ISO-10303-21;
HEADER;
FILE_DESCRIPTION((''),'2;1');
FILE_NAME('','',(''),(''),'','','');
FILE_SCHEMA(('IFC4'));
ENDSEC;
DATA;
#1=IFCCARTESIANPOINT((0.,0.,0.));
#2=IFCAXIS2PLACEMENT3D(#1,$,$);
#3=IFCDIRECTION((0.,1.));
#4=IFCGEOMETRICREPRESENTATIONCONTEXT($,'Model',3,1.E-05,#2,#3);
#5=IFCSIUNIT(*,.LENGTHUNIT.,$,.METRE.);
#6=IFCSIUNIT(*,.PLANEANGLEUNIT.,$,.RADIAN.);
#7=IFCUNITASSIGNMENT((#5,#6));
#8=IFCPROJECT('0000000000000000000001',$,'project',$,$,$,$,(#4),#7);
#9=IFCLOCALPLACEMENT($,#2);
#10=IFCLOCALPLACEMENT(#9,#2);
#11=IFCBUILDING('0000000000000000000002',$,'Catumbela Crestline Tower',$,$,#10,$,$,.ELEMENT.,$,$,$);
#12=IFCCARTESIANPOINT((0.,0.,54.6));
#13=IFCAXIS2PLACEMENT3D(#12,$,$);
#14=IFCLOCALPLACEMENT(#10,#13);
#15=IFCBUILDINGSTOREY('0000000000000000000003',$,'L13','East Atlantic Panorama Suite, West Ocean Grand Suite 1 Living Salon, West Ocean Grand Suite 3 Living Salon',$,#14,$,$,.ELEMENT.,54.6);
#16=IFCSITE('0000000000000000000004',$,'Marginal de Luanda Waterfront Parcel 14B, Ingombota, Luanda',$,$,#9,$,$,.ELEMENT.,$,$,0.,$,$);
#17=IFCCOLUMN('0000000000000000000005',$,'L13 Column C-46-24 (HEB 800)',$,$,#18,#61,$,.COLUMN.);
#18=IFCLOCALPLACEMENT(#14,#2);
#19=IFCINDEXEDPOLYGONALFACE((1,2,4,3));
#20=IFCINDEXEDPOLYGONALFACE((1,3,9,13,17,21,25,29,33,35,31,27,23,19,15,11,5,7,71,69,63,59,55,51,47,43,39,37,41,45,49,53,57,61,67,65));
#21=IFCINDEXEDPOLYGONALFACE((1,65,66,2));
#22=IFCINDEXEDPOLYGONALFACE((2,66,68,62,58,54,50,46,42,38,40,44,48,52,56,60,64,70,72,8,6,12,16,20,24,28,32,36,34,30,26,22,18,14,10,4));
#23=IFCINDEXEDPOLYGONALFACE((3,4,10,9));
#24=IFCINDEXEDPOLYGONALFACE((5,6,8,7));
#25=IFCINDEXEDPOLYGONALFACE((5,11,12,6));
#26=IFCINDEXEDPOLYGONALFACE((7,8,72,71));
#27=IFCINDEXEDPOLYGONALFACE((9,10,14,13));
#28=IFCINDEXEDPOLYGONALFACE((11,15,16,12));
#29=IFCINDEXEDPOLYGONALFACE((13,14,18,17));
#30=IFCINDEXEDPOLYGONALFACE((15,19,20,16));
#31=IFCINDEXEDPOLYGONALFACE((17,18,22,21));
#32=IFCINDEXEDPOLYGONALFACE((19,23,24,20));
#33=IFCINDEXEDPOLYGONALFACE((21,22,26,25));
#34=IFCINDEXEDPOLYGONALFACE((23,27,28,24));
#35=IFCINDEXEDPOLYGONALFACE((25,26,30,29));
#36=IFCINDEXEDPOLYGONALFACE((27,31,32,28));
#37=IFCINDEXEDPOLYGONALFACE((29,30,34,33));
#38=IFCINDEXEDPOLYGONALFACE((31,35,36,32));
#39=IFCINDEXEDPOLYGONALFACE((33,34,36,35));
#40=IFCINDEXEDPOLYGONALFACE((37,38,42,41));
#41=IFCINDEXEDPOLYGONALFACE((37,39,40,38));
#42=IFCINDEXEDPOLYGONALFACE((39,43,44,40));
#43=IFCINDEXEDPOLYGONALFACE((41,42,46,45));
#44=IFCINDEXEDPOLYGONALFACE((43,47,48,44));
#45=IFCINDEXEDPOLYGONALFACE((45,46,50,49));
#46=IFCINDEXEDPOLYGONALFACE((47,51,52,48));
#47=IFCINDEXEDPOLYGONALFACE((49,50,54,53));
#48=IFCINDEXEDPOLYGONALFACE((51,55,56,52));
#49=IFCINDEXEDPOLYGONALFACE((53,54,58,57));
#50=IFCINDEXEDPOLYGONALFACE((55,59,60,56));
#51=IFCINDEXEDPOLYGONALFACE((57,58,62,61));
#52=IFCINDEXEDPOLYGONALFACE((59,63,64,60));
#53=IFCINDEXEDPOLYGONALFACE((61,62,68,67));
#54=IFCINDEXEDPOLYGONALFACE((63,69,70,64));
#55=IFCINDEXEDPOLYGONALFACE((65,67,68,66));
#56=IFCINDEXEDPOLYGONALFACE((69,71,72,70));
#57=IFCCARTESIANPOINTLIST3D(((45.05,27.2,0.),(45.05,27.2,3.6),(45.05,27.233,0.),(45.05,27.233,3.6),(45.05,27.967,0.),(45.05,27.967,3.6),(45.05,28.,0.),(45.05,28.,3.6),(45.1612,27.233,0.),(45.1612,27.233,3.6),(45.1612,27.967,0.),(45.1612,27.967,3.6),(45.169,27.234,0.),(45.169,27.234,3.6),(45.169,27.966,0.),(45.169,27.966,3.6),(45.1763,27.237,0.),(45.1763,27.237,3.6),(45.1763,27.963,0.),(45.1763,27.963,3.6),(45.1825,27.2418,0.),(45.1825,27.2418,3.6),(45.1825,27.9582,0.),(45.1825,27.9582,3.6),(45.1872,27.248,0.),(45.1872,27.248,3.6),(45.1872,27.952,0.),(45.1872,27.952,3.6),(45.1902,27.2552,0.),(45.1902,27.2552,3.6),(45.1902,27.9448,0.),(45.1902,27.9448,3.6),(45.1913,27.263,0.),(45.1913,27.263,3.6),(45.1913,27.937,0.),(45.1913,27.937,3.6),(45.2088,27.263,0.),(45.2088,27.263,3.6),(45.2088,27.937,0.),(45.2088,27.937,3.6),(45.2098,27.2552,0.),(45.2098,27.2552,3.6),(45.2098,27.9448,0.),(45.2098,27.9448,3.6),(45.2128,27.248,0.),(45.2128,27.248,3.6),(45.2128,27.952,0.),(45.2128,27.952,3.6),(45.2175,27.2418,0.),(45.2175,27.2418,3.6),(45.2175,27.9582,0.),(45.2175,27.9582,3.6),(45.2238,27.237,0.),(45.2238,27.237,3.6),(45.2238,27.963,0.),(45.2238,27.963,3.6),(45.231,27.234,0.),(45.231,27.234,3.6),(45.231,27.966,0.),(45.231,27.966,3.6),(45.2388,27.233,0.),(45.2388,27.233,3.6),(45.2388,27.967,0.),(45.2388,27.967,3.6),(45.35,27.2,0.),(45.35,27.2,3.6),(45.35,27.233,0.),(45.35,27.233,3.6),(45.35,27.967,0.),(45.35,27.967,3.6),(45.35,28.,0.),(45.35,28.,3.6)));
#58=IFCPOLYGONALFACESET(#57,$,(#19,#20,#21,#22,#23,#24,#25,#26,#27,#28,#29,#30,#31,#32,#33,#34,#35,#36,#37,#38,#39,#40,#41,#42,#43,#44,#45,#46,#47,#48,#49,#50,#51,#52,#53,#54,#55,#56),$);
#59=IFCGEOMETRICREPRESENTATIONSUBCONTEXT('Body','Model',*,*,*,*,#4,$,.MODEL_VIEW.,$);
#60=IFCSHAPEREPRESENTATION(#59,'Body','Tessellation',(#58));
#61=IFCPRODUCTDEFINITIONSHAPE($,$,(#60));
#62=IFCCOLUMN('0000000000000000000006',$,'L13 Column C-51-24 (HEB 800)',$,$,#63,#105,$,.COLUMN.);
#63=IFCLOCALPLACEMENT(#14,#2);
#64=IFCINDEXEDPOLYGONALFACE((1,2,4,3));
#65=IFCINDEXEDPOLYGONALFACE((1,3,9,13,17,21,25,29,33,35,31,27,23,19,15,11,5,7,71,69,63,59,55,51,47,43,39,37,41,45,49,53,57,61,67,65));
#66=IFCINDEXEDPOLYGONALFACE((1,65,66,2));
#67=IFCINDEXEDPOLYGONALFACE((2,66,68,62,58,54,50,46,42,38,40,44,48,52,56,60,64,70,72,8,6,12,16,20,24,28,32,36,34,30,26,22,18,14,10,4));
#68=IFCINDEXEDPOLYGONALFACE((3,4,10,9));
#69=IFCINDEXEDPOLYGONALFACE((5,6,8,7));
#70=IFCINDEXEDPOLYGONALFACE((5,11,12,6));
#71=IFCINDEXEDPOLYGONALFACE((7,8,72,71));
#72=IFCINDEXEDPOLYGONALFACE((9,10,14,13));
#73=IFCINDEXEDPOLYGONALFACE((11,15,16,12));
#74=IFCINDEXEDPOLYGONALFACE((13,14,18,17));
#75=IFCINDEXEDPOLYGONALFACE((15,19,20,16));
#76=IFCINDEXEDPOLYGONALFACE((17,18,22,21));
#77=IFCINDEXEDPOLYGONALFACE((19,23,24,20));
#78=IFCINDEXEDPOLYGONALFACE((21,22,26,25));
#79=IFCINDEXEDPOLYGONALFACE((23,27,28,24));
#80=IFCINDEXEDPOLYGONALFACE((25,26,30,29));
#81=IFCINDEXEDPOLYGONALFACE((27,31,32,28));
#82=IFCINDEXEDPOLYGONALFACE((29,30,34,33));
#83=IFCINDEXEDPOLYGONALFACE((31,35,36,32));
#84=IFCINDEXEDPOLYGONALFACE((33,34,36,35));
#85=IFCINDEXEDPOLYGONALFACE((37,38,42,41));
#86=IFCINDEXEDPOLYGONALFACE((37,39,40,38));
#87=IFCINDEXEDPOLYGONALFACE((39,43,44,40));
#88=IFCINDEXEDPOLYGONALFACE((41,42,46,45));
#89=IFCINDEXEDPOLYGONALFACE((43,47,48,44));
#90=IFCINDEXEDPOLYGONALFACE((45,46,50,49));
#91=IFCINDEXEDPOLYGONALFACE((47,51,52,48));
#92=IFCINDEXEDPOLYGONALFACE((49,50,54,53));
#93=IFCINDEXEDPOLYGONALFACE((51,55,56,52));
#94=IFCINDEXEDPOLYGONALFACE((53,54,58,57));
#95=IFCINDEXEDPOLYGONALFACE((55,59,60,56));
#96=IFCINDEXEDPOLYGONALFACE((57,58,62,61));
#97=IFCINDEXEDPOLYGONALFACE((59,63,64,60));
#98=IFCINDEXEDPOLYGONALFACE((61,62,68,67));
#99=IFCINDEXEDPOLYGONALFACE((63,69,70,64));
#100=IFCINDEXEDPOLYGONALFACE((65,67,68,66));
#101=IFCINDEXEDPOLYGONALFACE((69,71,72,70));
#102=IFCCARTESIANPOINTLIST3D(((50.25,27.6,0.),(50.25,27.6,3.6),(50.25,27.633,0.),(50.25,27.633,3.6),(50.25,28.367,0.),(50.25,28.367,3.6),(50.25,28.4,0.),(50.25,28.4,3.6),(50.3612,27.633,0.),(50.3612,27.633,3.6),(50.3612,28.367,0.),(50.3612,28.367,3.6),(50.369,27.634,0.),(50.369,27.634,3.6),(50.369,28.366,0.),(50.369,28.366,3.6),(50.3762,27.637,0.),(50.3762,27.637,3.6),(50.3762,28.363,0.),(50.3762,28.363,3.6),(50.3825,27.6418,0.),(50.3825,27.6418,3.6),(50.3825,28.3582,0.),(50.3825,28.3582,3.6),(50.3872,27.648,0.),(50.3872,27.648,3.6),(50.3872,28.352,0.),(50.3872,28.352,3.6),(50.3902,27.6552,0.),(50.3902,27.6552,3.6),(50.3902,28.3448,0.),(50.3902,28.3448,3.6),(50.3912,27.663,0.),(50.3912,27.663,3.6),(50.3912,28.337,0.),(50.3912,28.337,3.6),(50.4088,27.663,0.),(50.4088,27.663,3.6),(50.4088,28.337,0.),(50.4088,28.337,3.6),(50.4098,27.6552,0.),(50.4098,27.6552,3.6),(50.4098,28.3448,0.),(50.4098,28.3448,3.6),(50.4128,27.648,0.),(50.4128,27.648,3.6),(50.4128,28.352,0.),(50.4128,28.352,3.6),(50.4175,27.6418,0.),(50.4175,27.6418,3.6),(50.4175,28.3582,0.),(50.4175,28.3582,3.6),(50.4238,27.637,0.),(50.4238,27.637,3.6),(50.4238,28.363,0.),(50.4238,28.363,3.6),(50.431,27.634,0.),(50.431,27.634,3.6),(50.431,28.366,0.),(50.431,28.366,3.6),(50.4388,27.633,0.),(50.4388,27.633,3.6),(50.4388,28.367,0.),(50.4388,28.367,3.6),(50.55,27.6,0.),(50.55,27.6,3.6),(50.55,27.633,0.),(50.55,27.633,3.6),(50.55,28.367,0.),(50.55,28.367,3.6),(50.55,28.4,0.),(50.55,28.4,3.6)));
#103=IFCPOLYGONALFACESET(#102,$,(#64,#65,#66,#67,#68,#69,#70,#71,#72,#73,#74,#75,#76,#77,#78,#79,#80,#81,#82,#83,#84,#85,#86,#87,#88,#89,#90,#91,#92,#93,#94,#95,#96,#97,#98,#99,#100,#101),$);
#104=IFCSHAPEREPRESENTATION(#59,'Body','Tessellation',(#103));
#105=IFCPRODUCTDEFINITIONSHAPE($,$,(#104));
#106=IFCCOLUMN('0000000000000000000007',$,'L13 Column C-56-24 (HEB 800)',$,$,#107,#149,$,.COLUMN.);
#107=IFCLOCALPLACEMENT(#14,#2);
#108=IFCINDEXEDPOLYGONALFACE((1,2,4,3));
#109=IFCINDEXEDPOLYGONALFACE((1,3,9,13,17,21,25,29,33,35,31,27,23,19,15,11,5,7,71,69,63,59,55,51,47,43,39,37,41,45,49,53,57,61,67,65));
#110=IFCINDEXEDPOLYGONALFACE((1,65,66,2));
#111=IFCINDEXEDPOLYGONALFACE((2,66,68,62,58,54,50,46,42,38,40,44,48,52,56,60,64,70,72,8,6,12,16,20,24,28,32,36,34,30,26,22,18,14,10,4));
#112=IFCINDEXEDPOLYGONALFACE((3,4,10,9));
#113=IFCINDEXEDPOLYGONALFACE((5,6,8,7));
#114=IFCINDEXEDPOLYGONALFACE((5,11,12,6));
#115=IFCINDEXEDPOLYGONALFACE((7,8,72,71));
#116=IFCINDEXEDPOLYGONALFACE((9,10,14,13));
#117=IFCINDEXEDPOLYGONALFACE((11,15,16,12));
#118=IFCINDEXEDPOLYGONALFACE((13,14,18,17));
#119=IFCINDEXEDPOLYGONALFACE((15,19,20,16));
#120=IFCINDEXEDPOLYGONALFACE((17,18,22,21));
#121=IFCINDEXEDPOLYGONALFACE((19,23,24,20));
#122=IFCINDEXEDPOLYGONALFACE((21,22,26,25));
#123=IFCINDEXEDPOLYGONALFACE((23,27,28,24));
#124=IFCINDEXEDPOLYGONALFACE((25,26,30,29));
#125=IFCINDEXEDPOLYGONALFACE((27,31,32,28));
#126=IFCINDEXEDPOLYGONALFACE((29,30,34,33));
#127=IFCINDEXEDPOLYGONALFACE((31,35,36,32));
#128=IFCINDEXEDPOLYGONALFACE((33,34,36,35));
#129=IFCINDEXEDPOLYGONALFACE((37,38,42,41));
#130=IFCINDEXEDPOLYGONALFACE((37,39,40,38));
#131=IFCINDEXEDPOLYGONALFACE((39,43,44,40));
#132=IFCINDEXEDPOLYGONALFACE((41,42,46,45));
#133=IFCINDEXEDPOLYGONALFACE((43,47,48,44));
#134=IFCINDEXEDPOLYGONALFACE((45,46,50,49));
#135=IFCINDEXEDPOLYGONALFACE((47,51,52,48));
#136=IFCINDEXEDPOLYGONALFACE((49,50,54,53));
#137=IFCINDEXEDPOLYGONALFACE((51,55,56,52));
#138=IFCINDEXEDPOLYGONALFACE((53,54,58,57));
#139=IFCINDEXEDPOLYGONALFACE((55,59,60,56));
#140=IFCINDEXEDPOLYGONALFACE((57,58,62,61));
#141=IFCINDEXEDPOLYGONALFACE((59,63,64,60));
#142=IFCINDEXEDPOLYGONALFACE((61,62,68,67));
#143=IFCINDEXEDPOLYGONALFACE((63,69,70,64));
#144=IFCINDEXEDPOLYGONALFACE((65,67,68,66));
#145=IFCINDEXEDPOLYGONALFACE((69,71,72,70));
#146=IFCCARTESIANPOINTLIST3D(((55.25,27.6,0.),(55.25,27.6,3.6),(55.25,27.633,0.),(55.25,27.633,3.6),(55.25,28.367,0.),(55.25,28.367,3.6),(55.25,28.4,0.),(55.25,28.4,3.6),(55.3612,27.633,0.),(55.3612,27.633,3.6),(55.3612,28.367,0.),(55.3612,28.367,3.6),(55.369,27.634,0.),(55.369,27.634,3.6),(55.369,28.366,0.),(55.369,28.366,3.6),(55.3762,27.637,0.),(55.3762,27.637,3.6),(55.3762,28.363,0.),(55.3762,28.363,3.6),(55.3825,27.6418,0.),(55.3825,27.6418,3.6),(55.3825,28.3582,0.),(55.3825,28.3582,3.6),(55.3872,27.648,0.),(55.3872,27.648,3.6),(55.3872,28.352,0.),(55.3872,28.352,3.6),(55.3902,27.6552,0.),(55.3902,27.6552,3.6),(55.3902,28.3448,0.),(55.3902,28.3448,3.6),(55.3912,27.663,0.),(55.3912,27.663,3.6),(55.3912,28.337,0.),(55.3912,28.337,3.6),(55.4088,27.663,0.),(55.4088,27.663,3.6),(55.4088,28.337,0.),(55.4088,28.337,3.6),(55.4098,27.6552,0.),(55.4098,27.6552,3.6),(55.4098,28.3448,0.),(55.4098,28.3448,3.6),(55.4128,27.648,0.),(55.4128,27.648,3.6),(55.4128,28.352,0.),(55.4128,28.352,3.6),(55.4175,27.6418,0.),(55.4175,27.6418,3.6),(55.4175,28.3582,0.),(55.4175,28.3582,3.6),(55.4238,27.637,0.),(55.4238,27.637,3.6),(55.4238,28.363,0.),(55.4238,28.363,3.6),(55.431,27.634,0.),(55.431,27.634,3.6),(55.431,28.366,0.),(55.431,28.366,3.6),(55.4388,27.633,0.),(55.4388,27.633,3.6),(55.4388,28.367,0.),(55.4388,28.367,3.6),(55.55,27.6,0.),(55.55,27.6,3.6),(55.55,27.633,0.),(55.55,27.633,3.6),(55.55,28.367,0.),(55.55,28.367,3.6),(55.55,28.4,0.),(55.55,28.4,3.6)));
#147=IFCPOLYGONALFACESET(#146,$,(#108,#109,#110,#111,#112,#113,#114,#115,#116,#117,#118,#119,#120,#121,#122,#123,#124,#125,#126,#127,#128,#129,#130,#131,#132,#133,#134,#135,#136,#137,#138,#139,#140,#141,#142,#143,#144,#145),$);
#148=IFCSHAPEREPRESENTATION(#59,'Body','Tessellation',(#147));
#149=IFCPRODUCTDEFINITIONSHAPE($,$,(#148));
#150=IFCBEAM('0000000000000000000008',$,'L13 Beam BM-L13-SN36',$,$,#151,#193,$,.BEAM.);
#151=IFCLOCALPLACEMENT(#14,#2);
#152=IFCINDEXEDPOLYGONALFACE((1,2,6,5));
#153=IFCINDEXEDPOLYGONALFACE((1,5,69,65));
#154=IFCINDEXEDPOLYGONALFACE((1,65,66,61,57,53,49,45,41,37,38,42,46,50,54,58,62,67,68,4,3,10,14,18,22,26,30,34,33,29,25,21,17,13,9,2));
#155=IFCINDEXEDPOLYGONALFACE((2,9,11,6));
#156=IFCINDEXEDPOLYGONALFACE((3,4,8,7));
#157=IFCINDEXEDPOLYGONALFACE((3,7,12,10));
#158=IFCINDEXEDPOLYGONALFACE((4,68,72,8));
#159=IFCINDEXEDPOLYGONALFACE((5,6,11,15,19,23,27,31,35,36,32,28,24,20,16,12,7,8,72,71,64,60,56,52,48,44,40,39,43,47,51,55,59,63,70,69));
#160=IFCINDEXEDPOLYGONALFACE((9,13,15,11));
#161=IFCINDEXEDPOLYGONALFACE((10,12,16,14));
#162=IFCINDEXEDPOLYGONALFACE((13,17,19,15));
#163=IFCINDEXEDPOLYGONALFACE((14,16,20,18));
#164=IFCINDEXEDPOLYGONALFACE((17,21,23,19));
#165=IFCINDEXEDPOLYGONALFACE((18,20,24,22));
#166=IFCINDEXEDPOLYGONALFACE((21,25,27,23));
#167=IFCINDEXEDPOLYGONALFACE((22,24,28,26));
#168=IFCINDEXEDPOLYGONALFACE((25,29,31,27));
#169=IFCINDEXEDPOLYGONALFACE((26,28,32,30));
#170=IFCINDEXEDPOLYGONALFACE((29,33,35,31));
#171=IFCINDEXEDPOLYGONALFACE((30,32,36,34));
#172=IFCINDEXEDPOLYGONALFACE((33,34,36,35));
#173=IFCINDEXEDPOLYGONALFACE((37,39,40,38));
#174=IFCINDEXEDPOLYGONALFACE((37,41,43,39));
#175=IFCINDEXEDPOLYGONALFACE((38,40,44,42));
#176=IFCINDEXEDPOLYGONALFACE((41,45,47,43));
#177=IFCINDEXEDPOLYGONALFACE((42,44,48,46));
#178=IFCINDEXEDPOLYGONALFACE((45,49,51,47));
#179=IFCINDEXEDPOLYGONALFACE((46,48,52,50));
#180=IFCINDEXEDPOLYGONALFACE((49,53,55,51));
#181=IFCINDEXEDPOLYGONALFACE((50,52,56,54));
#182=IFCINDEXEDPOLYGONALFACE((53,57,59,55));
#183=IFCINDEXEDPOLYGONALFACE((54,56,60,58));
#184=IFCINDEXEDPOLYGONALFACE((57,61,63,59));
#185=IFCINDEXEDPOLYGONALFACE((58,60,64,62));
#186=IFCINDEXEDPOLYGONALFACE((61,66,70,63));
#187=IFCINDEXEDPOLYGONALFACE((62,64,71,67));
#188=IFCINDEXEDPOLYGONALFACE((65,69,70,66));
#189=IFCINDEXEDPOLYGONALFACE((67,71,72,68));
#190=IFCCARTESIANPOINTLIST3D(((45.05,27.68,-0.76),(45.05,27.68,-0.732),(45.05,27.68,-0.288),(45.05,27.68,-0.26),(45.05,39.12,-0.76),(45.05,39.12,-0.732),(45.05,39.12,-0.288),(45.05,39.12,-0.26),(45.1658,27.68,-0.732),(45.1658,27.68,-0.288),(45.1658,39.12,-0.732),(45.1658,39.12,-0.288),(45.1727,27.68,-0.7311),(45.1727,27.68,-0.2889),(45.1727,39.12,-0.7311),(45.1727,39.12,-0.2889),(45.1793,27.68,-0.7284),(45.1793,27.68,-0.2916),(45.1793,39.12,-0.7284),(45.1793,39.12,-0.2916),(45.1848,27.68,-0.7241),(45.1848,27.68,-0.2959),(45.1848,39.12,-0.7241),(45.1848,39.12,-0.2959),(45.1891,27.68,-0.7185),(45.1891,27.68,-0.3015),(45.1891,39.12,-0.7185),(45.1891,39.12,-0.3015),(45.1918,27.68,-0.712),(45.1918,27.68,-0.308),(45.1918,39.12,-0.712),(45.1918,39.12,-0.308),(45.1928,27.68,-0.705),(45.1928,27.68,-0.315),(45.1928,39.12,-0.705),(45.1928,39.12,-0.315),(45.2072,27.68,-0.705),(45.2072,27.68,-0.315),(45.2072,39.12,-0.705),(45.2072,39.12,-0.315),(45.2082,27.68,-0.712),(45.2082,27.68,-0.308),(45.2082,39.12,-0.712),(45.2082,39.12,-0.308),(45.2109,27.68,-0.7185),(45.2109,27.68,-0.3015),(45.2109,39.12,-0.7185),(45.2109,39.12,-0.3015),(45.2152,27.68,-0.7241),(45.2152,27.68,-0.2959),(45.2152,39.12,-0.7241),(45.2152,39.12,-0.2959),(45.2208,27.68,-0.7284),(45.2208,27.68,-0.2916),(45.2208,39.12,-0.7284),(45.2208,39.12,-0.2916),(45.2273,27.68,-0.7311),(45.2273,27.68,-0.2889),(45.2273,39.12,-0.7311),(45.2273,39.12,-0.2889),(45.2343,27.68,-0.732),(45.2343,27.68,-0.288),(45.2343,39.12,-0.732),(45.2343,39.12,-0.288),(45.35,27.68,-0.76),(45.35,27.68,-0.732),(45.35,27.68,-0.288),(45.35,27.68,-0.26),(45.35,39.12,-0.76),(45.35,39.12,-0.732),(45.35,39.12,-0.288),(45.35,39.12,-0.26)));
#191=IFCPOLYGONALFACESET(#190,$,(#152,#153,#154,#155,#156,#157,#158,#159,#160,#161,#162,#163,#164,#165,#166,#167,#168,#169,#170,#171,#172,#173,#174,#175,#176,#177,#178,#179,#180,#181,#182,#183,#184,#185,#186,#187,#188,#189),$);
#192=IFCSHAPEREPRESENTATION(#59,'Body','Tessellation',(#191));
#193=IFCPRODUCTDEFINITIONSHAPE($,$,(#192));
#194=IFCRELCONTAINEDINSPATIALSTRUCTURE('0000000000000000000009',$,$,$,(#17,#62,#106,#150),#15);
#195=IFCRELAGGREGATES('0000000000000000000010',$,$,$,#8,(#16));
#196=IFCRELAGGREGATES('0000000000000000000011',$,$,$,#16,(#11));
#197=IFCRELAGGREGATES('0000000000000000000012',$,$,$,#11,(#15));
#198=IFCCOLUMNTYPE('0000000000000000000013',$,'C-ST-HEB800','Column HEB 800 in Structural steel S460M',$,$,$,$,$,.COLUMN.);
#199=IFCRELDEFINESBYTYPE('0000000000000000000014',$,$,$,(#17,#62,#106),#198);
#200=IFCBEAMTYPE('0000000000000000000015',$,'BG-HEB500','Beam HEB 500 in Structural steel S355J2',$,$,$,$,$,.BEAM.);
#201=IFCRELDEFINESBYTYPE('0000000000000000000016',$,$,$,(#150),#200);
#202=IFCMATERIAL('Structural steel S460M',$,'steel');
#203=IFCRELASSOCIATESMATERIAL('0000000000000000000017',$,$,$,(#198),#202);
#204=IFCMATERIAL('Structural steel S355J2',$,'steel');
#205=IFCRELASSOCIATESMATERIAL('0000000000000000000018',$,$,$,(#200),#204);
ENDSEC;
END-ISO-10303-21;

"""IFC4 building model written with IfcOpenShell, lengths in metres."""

from ifc_helpers import new_model, si_unit, direction, frame, origin, origin_2d, place, context, subcontext, project, spatial, i_section, extrude, material, material_profile, profile_set, type_object, element, save


model = new_model("IFC4")

# Units and contexts
model_context = context("Model", 3, precision=1e-05, world=origin(), true_north=direction((0.0, 1.0)))
body_context = subcontext(model_context, "Body", "Model", "MODEL_VIEW")
ifc_project = project(units=[si_unit("LENGTHUNIT", "METRE"), si_unit("PLANEANGLEUNIT", "RADIAN")], contexts=[model_context])

# Site, building, storey
site_placement = place(None, origin())
site = spatial("IfcSite", under=ifc_project, at=site_placement, Name="Marginal de Luanda Waterfront Parcel 14B, Ingombota, Luanda", CompositionType="ELEMENT", RefElevation=0.0)
building_placement = place(site_placement, origin())
building = spatial("IfcBuilding", under=site, at=building_placement, Name="Catumbela Crestline Tower", CompositionType="ELEMENT")
storey_placement = place(building_placement, frame((0.0, 0.0, 54.6)))
storey = spatial("IfcBuildingStorey", under=building, at=storey_placement, Name="L13", Description="East Atlantic Panorama Suite, West Ocean Grand Suite 1 Living Salon, West Ocean Grand Suite 3 Living Salon", CompositionType="ELEMENT", Elevation=54.6)

# Columns
ifc_material_1 = material(Name="Structural steel S460M", Category="steel")
ifc_material_profile_1 = material_profile(ifc_material_1, i_section(OverallWidth=0.3, OverallDepth=0.8, WebThickness=0.0175, FlangeThickness=0.033, FilletRadius=0.03, at=origin_2d()), Name="HEB 800")
ifc_profile_set_1 = profile_set([ifc_material_profile_1], Name="Structural steel S460M")
column_type = type_object("IfcColumnType", Name="C-ST-HEB800", Description="Column HEB 800 in Structural steel S460M", PredefinedType="COLUMN", material=ifc_profile_set_1)
for number, where, z_axis, x_axis, name in (
    (1, (45.2, 27.6, 0.0), (0.0, 0.0, 1.0), (1.0, 0.0, 0.0), "L13 Column C-46-24 (HEB 800)"),
    (2, (50.4, 28.0, 0.0), (0.0, 0.0, 1.0), (1.0, 0.0, 0.0), "L13 Column C-51-24 (HEB 800)"),
    (3, (55.4, 28.0, 0.0), (0.0, 0.0, 1.0), (1.0, 0.0, 0.0), "L13 Column C-56-24 (HEB 800)"),
):
    element("IfcColumn", number, at=place(storey_placement, frame(where, z_axis=z_axis, x_axis=x_axis)), inside=storey, type_object=column_type, Name=name, PredefinedType="COLUMN", context=body_context, shape_type="SweptSolid", body=[
        extrude(i_section(OverallWidth=0.3, OverallDepth=0.8, WebThickness=0.0175, FlangeThickness=0.033, FilletRadius=0.03, at=origin_2d()), origin(), (0.0, 0.0, 1.0), 3.6),
    ])

# Beam
ifc_material_2 = material(Name="Structural steel S355J2", Category="steel")
ifc_material_profile_2 = material_profile(ifc_material_2, i_section(OverallWidth=0.3, OverallDepth=0.5, WebThickness=0.0145, FlangeThickness=0.028, FilletRadius=0.027, at=origin_2d()), Name="HEB 500")
ifc_profile_set_2 = profile_set([ifc_material_profile_2], Name="Structural steel S355J2")
beam_type_1 = type_object("IfcBeamType", Name="BG-HEB500", Description="Beam HEB 500 in Structural steel S355J2", PredefinedType="BEAM", material=ifc_profile_set_2)
beam_1_placement = place(storey_placement, frame((45.2, 27.68, -0.51), z_axis=(0.0, 1.0, 0.0), x_axis=(-1.0, 0.0, 0.0)))
element("IfcBeam", 4, at=beam_1_placement, inside=storey, type_object=beam_type_1, Name="L13 Beam BM-L13-SN36", PredefinedType="BEAM", context=body_context, shape_type="SweptSolid", body=[
    extrude(i_section(OverallWidth=0.3, OverallDepth=0.5, WebThickness=0.0145, FlangeThickness=0.028, FilletRadius=0.027, at=origin_2d()), origin(), (0.0, 0.0, 1.0), 11.44),
])

save(model, "model.ifc")
